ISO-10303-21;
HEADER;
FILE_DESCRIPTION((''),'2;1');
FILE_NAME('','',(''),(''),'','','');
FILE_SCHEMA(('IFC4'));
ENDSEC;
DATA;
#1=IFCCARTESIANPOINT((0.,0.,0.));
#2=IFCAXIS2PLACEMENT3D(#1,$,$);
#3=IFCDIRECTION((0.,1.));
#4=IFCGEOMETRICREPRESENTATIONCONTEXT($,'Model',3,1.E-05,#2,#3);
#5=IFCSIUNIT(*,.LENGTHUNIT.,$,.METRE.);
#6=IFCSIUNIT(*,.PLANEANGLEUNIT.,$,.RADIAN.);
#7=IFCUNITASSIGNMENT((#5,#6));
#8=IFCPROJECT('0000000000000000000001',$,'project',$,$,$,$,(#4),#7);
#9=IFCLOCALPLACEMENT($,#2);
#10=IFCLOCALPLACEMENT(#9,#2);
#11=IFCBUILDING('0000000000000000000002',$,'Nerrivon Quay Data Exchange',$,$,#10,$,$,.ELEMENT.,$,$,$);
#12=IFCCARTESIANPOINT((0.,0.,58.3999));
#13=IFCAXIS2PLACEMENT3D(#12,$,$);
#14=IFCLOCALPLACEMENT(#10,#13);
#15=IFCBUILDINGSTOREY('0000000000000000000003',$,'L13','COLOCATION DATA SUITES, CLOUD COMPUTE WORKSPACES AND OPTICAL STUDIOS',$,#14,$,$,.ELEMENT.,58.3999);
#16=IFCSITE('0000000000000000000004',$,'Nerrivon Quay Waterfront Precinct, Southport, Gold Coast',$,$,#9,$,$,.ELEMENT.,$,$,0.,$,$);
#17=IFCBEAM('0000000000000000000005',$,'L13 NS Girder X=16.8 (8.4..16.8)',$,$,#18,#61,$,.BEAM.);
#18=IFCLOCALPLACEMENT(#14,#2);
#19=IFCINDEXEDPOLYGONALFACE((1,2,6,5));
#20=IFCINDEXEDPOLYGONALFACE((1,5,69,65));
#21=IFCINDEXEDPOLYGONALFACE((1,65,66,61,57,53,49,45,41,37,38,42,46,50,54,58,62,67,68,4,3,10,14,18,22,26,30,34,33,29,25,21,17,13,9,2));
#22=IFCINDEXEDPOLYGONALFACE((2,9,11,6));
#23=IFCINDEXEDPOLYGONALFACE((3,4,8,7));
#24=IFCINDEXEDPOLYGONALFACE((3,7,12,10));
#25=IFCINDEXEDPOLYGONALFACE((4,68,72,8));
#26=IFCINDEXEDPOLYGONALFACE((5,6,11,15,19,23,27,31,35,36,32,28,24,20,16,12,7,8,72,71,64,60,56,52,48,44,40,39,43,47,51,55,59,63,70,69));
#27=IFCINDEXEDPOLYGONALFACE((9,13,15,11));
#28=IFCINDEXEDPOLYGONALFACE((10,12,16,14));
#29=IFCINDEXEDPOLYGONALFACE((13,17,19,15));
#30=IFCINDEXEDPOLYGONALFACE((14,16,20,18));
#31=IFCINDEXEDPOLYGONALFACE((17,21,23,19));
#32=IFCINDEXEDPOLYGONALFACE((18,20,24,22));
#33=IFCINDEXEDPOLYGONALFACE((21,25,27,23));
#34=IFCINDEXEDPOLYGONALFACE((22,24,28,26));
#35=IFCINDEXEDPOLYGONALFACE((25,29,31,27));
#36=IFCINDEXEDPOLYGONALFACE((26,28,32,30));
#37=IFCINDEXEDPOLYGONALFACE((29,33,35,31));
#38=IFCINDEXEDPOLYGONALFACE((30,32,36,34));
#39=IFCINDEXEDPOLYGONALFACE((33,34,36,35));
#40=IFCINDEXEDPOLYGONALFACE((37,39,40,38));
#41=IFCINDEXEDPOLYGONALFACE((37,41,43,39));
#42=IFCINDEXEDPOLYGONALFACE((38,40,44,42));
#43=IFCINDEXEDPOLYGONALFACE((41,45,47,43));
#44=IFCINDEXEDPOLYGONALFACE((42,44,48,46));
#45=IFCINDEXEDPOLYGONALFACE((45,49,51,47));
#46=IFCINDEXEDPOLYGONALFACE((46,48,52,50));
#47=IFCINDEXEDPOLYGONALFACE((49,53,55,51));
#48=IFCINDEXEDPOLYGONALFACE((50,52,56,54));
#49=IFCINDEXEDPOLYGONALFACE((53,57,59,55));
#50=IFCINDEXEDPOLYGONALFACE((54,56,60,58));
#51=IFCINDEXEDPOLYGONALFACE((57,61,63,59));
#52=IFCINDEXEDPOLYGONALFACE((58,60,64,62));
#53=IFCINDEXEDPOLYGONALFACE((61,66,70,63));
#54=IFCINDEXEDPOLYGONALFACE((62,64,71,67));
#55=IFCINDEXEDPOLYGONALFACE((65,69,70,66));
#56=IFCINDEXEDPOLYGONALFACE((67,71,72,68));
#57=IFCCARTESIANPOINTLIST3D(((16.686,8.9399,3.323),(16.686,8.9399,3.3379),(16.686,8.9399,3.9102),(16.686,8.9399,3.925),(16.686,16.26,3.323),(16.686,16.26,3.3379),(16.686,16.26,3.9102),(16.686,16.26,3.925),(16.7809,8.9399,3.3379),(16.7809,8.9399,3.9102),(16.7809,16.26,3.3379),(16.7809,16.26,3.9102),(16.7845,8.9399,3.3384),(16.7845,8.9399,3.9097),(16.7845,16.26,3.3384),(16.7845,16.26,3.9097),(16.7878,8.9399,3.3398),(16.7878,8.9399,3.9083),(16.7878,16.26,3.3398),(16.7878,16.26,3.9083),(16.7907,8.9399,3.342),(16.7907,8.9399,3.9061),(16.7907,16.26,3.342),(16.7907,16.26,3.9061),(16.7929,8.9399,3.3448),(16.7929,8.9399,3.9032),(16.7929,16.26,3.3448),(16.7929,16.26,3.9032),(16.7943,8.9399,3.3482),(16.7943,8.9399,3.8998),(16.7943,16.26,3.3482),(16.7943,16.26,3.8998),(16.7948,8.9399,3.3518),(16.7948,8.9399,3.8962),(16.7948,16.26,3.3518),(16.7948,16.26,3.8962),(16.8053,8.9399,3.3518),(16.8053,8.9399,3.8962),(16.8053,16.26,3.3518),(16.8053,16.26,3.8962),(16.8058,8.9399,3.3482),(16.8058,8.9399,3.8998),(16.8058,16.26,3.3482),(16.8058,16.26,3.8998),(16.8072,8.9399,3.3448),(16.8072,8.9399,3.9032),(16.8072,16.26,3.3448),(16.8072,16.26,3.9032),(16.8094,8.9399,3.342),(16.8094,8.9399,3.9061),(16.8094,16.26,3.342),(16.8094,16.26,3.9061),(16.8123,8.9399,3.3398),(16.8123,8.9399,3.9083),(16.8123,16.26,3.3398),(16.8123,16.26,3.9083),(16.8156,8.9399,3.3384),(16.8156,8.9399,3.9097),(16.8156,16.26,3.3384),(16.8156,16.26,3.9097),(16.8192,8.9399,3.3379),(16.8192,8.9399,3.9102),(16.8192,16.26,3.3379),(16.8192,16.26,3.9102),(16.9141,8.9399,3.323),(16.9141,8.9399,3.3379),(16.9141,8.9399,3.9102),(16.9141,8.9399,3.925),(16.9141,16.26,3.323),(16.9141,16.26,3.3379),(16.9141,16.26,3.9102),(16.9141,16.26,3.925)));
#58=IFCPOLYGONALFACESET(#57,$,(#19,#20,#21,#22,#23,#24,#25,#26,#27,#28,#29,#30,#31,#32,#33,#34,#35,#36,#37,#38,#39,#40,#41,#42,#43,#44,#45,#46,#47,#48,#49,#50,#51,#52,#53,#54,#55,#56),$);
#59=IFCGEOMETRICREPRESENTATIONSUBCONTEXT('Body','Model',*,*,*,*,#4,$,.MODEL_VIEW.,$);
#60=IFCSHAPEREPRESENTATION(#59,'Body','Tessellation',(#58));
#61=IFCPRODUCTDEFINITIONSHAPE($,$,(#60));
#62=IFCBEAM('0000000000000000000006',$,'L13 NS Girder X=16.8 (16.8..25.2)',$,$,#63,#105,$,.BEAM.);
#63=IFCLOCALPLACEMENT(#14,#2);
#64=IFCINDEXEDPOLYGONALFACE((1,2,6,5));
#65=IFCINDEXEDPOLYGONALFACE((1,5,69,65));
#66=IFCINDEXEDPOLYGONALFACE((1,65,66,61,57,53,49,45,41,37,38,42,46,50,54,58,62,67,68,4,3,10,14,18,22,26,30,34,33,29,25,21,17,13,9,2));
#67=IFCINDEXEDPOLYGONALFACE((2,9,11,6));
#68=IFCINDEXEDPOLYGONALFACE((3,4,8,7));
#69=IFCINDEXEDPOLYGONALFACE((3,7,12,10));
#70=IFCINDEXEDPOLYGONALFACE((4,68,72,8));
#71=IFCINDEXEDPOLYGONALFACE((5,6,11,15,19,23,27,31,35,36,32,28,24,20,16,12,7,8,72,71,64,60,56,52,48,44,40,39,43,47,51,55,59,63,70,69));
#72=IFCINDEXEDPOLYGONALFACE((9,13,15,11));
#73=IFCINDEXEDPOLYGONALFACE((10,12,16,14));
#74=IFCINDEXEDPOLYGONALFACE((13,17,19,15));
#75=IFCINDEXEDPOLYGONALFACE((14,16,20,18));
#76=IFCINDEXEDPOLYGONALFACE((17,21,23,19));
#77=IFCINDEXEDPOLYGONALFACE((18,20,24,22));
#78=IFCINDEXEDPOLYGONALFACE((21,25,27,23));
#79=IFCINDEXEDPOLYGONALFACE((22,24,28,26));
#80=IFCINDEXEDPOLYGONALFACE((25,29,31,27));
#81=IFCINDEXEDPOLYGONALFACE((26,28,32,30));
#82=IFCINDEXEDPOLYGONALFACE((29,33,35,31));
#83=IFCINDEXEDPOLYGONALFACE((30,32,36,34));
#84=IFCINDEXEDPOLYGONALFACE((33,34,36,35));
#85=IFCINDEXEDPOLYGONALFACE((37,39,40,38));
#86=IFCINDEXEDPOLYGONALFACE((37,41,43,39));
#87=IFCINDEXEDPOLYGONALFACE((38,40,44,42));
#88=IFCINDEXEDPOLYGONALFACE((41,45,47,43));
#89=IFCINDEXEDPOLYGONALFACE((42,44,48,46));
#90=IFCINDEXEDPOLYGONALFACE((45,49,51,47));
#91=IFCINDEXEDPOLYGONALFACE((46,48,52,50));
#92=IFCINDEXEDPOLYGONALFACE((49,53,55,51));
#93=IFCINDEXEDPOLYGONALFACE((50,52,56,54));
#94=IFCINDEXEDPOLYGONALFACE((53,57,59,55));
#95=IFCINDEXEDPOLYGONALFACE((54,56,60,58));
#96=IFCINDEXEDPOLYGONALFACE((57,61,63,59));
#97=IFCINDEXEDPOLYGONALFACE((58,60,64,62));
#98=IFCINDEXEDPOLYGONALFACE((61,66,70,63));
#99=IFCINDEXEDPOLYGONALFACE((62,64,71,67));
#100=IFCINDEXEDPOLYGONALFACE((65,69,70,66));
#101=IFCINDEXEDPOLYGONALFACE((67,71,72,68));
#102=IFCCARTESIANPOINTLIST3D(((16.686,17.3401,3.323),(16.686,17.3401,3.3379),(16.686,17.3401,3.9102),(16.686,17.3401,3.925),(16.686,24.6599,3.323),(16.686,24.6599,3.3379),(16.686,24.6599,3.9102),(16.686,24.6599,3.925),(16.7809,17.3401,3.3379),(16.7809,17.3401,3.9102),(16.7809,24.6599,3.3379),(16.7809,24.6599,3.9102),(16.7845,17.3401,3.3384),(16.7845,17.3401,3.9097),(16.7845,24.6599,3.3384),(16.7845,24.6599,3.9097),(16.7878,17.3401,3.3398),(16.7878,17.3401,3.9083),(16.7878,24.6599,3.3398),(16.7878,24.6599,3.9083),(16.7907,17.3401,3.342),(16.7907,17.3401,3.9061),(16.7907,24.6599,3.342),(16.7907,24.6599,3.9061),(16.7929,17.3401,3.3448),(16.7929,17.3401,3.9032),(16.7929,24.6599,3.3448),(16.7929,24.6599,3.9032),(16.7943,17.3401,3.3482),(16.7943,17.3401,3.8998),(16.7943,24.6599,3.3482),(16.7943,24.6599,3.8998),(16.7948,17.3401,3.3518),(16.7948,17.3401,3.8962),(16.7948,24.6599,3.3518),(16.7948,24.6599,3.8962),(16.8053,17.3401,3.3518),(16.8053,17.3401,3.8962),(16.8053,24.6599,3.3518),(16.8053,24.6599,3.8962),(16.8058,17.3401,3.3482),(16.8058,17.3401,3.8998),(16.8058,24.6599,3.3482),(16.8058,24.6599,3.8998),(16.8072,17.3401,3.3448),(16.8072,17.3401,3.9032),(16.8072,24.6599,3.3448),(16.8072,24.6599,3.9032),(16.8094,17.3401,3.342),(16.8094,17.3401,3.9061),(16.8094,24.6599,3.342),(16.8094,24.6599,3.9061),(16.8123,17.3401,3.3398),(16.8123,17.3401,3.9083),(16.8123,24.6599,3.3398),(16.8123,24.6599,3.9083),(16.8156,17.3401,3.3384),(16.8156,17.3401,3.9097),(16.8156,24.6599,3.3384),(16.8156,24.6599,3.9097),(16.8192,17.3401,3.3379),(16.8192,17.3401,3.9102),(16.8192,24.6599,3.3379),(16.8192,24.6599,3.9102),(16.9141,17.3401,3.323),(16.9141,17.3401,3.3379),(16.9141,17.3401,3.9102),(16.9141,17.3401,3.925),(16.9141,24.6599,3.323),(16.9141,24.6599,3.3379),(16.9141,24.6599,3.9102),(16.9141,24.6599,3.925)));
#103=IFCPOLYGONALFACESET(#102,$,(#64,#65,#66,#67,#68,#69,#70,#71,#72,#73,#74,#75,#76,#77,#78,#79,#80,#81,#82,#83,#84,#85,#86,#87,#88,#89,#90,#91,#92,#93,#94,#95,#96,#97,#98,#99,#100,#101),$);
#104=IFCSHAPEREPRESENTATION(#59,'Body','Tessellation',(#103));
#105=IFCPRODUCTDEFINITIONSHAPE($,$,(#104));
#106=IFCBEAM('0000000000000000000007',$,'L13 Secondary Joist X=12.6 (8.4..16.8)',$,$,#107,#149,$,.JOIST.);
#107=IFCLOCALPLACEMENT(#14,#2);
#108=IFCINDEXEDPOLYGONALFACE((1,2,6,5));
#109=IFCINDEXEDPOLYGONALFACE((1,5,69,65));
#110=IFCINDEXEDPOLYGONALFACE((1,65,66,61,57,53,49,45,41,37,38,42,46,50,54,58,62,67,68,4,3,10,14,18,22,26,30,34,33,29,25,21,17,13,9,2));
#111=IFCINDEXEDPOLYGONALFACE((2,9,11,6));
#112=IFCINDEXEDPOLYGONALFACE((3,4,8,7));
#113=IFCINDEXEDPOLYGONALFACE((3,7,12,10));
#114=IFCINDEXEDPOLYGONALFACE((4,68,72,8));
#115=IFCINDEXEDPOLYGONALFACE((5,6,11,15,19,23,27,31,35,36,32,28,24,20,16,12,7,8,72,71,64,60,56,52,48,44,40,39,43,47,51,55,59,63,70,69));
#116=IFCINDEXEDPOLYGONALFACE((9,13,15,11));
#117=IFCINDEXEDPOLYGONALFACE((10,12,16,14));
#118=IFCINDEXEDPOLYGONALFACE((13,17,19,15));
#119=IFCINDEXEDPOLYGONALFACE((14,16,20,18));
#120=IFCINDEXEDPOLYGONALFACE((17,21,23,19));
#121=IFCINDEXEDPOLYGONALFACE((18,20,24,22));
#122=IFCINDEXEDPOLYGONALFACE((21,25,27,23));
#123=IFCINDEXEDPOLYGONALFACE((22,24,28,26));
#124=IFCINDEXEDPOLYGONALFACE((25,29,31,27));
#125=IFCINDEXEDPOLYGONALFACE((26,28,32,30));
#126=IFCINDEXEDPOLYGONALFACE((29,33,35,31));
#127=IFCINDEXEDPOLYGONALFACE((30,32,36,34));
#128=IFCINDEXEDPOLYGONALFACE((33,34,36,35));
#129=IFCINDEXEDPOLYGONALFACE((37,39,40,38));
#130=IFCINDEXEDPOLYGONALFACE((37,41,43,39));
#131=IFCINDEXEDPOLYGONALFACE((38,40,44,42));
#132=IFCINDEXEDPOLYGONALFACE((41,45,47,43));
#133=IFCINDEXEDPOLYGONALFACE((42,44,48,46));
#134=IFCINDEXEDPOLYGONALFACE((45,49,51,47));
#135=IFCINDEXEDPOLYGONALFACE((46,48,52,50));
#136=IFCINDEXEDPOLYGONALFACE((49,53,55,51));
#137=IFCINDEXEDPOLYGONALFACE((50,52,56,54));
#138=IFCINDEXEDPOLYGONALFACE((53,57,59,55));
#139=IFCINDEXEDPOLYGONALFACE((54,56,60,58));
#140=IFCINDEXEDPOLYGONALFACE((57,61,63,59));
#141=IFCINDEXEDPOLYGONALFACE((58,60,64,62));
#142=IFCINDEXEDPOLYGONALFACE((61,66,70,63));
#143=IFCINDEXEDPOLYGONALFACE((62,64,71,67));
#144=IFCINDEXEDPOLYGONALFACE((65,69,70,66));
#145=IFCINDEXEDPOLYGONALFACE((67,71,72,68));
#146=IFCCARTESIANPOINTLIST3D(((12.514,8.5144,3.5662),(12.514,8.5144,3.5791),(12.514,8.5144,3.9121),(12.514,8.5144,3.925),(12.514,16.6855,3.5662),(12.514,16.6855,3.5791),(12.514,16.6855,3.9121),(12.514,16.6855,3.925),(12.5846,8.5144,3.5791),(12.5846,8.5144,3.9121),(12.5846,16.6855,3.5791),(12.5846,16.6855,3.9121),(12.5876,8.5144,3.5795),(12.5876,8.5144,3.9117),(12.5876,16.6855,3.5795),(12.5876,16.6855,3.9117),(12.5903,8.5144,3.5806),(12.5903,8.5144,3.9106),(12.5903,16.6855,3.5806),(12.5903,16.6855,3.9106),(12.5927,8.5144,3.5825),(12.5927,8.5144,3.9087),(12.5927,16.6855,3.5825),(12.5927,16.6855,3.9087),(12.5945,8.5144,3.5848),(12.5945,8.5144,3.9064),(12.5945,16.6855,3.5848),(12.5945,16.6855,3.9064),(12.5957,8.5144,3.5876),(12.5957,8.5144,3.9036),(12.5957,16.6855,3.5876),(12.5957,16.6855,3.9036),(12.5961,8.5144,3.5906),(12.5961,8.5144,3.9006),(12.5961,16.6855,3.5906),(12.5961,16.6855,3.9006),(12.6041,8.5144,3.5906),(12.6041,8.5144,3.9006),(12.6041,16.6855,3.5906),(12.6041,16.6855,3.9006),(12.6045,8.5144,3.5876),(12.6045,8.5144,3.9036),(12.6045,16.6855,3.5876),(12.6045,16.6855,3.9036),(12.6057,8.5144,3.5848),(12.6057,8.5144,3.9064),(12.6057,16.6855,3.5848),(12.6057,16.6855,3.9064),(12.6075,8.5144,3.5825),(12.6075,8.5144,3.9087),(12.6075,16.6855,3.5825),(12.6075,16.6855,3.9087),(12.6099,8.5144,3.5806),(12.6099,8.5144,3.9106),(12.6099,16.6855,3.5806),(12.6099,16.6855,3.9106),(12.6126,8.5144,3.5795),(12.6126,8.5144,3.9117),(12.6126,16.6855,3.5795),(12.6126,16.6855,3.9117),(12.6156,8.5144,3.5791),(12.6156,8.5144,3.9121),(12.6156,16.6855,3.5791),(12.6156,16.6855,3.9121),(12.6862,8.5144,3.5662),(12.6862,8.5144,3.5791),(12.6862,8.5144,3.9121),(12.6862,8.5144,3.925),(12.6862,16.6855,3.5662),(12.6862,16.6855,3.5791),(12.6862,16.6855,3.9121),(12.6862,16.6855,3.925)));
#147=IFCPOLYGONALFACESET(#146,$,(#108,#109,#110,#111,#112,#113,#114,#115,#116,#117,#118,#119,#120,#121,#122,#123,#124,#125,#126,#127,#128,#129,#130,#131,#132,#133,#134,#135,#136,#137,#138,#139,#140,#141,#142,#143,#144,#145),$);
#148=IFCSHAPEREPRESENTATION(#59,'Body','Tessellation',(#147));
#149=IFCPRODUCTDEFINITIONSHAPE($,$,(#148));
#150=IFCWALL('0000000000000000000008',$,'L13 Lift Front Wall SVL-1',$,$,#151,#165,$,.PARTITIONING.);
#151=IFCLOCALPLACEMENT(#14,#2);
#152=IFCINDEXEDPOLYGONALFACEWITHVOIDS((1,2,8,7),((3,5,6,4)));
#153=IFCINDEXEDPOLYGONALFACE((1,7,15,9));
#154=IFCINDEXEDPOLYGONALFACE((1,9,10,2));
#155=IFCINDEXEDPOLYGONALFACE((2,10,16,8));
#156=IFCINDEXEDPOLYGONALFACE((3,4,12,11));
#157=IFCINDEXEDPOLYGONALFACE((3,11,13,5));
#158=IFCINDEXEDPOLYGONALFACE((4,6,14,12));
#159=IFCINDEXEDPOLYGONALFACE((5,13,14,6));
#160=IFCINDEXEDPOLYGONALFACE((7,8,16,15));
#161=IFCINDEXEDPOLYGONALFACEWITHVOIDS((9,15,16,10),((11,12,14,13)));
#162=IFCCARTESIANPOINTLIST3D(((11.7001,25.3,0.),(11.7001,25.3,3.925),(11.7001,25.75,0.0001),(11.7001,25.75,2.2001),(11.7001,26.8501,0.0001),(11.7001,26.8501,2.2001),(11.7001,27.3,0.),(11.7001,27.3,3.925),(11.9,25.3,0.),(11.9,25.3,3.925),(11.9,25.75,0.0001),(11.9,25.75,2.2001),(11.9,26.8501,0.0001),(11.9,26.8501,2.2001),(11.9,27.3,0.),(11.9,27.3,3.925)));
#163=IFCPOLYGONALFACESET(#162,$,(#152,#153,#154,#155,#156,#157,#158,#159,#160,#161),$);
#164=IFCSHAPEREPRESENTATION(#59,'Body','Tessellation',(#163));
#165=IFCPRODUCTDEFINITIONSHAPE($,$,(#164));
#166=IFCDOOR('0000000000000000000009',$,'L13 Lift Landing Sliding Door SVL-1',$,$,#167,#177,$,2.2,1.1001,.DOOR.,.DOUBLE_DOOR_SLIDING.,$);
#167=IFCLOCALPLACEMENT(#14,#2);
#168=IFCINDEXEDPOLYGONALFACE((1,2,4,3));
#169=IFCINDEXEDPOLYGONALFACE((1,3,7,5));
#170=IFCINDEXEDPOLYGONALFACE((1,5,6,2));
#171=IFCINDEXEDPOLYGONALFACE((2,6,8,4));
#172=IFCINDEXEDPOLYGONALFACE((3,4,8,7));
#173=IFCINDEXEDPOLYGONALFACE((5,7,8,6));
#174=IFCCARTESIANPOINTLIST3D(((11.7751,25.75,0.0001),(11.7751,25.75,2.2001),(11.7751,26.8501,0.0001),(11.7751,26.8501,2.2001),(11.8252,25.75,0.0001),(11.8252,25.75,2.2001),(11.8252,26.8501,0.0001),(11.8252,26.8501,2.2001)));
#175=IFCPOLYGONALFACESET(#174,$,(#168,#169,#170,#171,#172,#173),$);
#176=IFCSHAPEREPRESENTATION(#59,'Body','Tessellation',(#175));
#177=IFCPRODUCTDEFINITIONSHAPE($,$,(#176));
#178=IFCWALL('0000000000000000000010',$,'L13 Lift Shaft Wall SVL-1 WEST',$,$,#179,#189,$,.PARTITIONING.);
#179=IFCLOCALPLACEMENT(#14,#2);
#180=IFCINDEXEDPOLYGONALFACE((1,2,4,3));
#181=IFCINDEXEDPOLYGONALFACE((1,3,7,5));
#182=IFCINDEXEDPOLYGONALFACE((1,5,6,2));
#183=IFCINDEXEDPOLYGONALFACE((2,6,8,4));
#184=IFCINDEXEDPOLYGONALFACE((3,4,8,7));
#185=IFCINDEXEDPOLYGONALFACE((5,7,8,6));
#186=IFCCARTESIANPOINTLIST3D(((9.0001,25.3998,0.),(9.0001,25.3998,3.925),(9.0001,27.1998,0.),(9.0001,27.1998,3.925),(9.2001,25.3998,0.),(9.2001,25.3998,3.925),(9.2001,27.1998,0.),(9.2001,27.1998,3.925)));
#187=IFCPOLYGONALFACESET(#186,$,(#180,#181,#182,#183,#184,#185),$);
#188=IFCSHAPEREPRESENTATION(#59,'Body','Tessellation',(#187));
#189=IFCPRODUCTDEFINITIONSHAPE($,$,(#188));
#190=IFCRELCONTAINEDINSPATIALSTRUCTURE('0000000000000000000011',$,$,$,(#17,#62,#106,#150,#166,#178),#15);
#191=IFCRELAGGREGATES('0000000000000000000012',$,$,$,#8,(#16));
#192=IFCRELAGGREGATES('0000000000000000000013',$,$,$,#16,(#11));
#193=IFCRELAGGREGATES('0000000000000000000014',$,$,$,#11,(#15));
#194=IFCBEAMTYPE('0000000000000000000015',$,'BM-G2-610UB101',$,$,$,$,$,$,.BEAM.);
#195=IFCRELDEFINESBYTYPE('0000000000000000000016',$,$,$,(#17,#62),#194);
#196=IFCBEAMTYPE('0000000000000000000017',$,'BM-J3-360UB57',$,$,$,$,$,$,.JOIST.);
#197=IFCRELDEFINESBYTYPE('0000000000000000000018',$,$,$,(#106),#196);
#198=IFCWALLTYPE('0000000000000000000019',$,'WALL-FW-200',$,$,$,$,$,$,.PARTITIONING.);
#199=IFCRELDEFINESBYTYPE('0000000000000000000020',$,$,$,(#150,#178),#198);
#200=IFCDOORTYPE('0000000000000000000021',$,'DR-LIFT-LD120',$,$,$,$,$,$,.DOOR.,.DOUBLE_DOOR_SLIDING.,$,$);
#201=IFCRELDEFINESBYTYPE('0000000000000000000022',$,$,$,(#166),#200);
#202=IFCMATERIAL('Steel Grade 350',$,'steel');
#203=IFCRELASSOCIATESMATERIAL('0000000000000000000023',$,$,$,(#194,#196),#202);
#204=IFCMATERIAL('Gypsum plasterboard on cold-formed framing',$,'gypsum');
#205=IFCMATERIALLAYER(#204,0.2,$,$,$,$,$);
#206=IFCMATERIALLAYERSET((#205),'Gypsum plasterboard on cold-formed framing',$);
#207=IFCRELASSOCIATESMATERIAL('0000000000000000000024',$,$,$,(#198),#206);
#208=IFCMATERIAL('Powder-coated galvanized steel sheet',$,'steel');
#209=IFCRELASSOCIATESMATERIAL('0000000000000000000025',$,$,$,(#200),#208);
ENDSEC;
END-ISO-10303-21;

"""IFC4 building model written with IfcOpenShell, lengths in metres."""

from ifc_helpers import new_model, si_unit, direction, frame, frame_2d, origin, origin_2d, place, context, subcontext, project, spatial, rectangle, i_section, extrude, material, layer, layer_set, material_profile, profile_set, type_object, element, fill, save


model = new_model("IFC4")

# Units and contexts
model_context = context("Model", 3, precision=1e-05, world=origin(), true_north=direction((0.0, 1.0)))
body_context = subcontext(model_context, "Body", "Model", "MODEL_VIEW")
ifc_project = project(units=[si_unit("LENGTHUNIT", "METRE"), si_unit("PLANEANGLEUNIT", "RADIAN")], contexts=[model_context])

# Site, building, storey
site_placement = place(None, origin())
site = spatial("IfcSite", under=ifc_project, at=site_placement, Name="Nerrivon Quay Waterfront Precinct, Southport, Gold Coast", CompositionType="ELEMENT", RefElevation=0.0)
building_placement = place(site_placement, origin())
building = spatial("IfcBuilding", under=site, at=building_placement, Name="Nerrivon Quay Data Exchange", CompositionType="ELEMENT")
storey_placement = place(building_placement, frame((0.0, 0.0, 58.3999)))
storey = spatial("IfcBuildingStorey", under=building, at=storey_placement, Name="L13", Description="COLOCATION DATA SUITES, CLOUD COMPUTE WORKSPACES AND OPTICAL STUDIOS", CompositionType="ELEMENT", Elevation=58.3999)

# Shared definitions
ifc_material_1 = material(Name="Steel Grade 350", Category="steel")

# Beams
ifc_material_profile_1 = material_profile(ifc_material_1, i_section(OverallWidth=0.228, OverallDepth=0.6021, WebThickness=0.0105, FlangeThickness=0.0149, FilletRadius=0.0139, at=origin_2d()), Name="610UB101")
ifc_profile_set_1 = profile_set([ifc_material_profile_1], Name="Steel Grade 350")
beam_type_1 = type_object("IfcBeamType", Name="BM-G2-610UB101", PredefinedType="BEAM", material=ifc_profile_set_1)
beam_1_placement = place(storey_placement, frame((16.8, 8.9399, 3.624), z_axis=(0.0, 1.0, 0.0), x_axis=(-1.0, 0.0, 0.0)))
element("IfcBeam", 1, at=beam_1_placement, inside=storey, type_object=beam_type_1, Name="L13 NS Girder X=16.8 (8.4..16.8)", PredefinedType="BEAM", context=body_context, shape_type="SweptSolid", body=[
    extrude(i_section(OverallWidth=0.228, OverallDepth=0.6021, WebThickness=0.0105, FlangeThickness=0.0149, FilletRadius=0.0139, at=origin_2d()), origin(), (0.0, 0.0, 1.0), 7.3201),
])
beam_2_placement = place(storey_placement, frame((16.8, 17.3401, 3.624), z_axis=(0.0, 1.0, 0.0), x_axis=(-1.0, 0.0, 0.0)))
element("IfcBeam", 2, at=beam_2_placement, inside=storey, type_object=beam_type_1, Name="L13 NS Girder X=16.8 (16.8..25.2)", PredefinedType="BEAM", context=body_context, shape_type="SweptSolid", body=[
    extrude(i_section(OverallWidth=0.228, OverallDepth=0.6021, WebThickness=0.0105, FlangeThickness=0.0149, FilletRadius=0.0139, at=origin_2d()), origin(), (0.0, 0.0, 1.0), 7.3198),
])
ifc_material_profile_2 = material_profile(ifc_material_1, i_section(OverallWidth=0.1721, OverallDepth=0.3589, WebThickness=0.0081, FlangeThickness=0.0129, FilletRadius=0.0115, at=origin_2d()), Name="360UB56.7")
ifc_profile_set_2 = profile_set([ifc_material_profile_2], Name="Steel Grade 350")
beam_type_2 = type_object("IfcBeamType", Name="BM-J3-360UB57", PredefinedType="JOIST", material=ifc_profile_set_2)
beam_3_placement = place(storey_placement, frame((12.6001, 8.5144, 3.7456), z_axis=(0.0, 1.0, 0.0), x_axis=(-1.0, 0.0, 0.0)))
element("IfcBeam", 3, at=beam_3_placement, inside=storey, type_object=beam_type_2, Name="L13 Secondary Joist X=12.6 (8.4..16.8)", PredefinedType="JOIST", context=body_context, shape_type="SweptSolid", body=[
    extrude(i_section(OverallWidth=0.1721, OverallDepth=0.3589, WebThickness=0.0081, FlangeThickness=0.0129, FilletRadius=0.0115, at=origin_2d()), origin(), (0.0, 0.0, 1.0), 8.1711),
])

# Wall, opening, door
ifc_material_2 = material(Name="Powder-coated galvanized steel sheet", Category="steel")
ifc_material_3 = material(Name="Gypsum plasterboard on cold-formed framing", Category="gypsum")
ifc_layer_1 = layer(ifc_material_3, 0.2)
ifc_layer_set_1 = layer_set([ifc_layer_1], Name="Gypsum plasterboard on cold-formed framing")
wall_type_1 = type_object("IfcWallType", Name="WALL-FW-200", PredefinedType="PARTITIONING", material=ifc_layer_set_1)
wall_1_placement = place(storey_placement, frame((11.8, 25.3, 0.0), z_axis=(0.0, 0.0, 1.0), x_axis=(0.0, 1.0, 0.0)))
wall_1 = element("IfcWall", 4, at=wall_1_placement, inside=storey, type_object=wall_type_1, Name="L13 Lift Front Wall SVL-1", PredefinedType="PARTITIONING", context=body_context, shape_type="SweptSolid", body=[
    extrude(rectangle(XDim=2.0, YDim=0.2, at=frame_2d((1.0, 0.0))), origin(), (0.0, 0.0, 1.0), 3.925),
])
opening_1_placement = place(wall_1_placement, frame((0.45, 0.0, 0.0)))
opening_1 = element("IfcOpeningElement", 5, at=opening_1_placement, cuts=wall_1, PredefinedType="OPENING", context=body_context, shape_type="SweptSolid", body=[
    extrude(rectangle(XDim=1.1001, YDim=2.2, at=frame_2d((0.55, 1.1001))), frame((0.0, 0.1099, 0.0), z_axis=(0.0, -1.0, 0.0), x_axis=(1.0, 0.0, 0.0)), (0.0, 0.0, 1.0), 0.22),
])
door_type_1 = type_object("IfcDoorType", Name="DR-LIFT-LD120", OperationType="DOUBLE_DOOR_SLIDING", PredefinedType="DOOR", material=ifc_material_2)
door_1_placement = place(opening_1_placement, origin())
door_1 = element("IfcDoor", 6, at=door_1_placement, inside=storey, type_object=door_type_1, Name="L13 Lift Landing Sliding Door SVL-1", OperationType="DOUBLE_DOOR_SLIDING", OverallHeight=2.2, OverallWidth=1.1001, PredefinedType="DOOR", context=body_context, shape_type="SweptSolid", body=[
    extrude(rectangle(XDim=1.1001, YDim=2.2, at=frame_2d((0.55, 1.1001))), frame((0.0, 0.0249, 0.0), z_axis=(0.0, -1.0, 0.0), x_axis=(1.0, 0.0, 0.0)), (0.0, 0.0, 1.0), 0.05),
])
fill(opening_1, door_1)

# Wall
wall_2_placement = place(storey_placement, frame((9.1001, 25.3999, 0.0), z_axis=(0.0, 0.0, 1.0), x_axis=(0.0, 1.0, 0.0)))
element("IfcWall", 7, at=wall_2_placement, inside=storey, type_object=wall_type_1, Name="L13 Lift Shaft Wall SVL-1 WEST", PredefinedType="PARTITIONING", context=body_context, shape_type="SweptSolid", body=[
    extrude(rectangle(XDim=1.8, YDim=0.2, at=frame_2d((0.8999, 0.0))), origin(), (0.0, 0.0, 1.0), 3.925),
])

save(model, "model.ifc")
